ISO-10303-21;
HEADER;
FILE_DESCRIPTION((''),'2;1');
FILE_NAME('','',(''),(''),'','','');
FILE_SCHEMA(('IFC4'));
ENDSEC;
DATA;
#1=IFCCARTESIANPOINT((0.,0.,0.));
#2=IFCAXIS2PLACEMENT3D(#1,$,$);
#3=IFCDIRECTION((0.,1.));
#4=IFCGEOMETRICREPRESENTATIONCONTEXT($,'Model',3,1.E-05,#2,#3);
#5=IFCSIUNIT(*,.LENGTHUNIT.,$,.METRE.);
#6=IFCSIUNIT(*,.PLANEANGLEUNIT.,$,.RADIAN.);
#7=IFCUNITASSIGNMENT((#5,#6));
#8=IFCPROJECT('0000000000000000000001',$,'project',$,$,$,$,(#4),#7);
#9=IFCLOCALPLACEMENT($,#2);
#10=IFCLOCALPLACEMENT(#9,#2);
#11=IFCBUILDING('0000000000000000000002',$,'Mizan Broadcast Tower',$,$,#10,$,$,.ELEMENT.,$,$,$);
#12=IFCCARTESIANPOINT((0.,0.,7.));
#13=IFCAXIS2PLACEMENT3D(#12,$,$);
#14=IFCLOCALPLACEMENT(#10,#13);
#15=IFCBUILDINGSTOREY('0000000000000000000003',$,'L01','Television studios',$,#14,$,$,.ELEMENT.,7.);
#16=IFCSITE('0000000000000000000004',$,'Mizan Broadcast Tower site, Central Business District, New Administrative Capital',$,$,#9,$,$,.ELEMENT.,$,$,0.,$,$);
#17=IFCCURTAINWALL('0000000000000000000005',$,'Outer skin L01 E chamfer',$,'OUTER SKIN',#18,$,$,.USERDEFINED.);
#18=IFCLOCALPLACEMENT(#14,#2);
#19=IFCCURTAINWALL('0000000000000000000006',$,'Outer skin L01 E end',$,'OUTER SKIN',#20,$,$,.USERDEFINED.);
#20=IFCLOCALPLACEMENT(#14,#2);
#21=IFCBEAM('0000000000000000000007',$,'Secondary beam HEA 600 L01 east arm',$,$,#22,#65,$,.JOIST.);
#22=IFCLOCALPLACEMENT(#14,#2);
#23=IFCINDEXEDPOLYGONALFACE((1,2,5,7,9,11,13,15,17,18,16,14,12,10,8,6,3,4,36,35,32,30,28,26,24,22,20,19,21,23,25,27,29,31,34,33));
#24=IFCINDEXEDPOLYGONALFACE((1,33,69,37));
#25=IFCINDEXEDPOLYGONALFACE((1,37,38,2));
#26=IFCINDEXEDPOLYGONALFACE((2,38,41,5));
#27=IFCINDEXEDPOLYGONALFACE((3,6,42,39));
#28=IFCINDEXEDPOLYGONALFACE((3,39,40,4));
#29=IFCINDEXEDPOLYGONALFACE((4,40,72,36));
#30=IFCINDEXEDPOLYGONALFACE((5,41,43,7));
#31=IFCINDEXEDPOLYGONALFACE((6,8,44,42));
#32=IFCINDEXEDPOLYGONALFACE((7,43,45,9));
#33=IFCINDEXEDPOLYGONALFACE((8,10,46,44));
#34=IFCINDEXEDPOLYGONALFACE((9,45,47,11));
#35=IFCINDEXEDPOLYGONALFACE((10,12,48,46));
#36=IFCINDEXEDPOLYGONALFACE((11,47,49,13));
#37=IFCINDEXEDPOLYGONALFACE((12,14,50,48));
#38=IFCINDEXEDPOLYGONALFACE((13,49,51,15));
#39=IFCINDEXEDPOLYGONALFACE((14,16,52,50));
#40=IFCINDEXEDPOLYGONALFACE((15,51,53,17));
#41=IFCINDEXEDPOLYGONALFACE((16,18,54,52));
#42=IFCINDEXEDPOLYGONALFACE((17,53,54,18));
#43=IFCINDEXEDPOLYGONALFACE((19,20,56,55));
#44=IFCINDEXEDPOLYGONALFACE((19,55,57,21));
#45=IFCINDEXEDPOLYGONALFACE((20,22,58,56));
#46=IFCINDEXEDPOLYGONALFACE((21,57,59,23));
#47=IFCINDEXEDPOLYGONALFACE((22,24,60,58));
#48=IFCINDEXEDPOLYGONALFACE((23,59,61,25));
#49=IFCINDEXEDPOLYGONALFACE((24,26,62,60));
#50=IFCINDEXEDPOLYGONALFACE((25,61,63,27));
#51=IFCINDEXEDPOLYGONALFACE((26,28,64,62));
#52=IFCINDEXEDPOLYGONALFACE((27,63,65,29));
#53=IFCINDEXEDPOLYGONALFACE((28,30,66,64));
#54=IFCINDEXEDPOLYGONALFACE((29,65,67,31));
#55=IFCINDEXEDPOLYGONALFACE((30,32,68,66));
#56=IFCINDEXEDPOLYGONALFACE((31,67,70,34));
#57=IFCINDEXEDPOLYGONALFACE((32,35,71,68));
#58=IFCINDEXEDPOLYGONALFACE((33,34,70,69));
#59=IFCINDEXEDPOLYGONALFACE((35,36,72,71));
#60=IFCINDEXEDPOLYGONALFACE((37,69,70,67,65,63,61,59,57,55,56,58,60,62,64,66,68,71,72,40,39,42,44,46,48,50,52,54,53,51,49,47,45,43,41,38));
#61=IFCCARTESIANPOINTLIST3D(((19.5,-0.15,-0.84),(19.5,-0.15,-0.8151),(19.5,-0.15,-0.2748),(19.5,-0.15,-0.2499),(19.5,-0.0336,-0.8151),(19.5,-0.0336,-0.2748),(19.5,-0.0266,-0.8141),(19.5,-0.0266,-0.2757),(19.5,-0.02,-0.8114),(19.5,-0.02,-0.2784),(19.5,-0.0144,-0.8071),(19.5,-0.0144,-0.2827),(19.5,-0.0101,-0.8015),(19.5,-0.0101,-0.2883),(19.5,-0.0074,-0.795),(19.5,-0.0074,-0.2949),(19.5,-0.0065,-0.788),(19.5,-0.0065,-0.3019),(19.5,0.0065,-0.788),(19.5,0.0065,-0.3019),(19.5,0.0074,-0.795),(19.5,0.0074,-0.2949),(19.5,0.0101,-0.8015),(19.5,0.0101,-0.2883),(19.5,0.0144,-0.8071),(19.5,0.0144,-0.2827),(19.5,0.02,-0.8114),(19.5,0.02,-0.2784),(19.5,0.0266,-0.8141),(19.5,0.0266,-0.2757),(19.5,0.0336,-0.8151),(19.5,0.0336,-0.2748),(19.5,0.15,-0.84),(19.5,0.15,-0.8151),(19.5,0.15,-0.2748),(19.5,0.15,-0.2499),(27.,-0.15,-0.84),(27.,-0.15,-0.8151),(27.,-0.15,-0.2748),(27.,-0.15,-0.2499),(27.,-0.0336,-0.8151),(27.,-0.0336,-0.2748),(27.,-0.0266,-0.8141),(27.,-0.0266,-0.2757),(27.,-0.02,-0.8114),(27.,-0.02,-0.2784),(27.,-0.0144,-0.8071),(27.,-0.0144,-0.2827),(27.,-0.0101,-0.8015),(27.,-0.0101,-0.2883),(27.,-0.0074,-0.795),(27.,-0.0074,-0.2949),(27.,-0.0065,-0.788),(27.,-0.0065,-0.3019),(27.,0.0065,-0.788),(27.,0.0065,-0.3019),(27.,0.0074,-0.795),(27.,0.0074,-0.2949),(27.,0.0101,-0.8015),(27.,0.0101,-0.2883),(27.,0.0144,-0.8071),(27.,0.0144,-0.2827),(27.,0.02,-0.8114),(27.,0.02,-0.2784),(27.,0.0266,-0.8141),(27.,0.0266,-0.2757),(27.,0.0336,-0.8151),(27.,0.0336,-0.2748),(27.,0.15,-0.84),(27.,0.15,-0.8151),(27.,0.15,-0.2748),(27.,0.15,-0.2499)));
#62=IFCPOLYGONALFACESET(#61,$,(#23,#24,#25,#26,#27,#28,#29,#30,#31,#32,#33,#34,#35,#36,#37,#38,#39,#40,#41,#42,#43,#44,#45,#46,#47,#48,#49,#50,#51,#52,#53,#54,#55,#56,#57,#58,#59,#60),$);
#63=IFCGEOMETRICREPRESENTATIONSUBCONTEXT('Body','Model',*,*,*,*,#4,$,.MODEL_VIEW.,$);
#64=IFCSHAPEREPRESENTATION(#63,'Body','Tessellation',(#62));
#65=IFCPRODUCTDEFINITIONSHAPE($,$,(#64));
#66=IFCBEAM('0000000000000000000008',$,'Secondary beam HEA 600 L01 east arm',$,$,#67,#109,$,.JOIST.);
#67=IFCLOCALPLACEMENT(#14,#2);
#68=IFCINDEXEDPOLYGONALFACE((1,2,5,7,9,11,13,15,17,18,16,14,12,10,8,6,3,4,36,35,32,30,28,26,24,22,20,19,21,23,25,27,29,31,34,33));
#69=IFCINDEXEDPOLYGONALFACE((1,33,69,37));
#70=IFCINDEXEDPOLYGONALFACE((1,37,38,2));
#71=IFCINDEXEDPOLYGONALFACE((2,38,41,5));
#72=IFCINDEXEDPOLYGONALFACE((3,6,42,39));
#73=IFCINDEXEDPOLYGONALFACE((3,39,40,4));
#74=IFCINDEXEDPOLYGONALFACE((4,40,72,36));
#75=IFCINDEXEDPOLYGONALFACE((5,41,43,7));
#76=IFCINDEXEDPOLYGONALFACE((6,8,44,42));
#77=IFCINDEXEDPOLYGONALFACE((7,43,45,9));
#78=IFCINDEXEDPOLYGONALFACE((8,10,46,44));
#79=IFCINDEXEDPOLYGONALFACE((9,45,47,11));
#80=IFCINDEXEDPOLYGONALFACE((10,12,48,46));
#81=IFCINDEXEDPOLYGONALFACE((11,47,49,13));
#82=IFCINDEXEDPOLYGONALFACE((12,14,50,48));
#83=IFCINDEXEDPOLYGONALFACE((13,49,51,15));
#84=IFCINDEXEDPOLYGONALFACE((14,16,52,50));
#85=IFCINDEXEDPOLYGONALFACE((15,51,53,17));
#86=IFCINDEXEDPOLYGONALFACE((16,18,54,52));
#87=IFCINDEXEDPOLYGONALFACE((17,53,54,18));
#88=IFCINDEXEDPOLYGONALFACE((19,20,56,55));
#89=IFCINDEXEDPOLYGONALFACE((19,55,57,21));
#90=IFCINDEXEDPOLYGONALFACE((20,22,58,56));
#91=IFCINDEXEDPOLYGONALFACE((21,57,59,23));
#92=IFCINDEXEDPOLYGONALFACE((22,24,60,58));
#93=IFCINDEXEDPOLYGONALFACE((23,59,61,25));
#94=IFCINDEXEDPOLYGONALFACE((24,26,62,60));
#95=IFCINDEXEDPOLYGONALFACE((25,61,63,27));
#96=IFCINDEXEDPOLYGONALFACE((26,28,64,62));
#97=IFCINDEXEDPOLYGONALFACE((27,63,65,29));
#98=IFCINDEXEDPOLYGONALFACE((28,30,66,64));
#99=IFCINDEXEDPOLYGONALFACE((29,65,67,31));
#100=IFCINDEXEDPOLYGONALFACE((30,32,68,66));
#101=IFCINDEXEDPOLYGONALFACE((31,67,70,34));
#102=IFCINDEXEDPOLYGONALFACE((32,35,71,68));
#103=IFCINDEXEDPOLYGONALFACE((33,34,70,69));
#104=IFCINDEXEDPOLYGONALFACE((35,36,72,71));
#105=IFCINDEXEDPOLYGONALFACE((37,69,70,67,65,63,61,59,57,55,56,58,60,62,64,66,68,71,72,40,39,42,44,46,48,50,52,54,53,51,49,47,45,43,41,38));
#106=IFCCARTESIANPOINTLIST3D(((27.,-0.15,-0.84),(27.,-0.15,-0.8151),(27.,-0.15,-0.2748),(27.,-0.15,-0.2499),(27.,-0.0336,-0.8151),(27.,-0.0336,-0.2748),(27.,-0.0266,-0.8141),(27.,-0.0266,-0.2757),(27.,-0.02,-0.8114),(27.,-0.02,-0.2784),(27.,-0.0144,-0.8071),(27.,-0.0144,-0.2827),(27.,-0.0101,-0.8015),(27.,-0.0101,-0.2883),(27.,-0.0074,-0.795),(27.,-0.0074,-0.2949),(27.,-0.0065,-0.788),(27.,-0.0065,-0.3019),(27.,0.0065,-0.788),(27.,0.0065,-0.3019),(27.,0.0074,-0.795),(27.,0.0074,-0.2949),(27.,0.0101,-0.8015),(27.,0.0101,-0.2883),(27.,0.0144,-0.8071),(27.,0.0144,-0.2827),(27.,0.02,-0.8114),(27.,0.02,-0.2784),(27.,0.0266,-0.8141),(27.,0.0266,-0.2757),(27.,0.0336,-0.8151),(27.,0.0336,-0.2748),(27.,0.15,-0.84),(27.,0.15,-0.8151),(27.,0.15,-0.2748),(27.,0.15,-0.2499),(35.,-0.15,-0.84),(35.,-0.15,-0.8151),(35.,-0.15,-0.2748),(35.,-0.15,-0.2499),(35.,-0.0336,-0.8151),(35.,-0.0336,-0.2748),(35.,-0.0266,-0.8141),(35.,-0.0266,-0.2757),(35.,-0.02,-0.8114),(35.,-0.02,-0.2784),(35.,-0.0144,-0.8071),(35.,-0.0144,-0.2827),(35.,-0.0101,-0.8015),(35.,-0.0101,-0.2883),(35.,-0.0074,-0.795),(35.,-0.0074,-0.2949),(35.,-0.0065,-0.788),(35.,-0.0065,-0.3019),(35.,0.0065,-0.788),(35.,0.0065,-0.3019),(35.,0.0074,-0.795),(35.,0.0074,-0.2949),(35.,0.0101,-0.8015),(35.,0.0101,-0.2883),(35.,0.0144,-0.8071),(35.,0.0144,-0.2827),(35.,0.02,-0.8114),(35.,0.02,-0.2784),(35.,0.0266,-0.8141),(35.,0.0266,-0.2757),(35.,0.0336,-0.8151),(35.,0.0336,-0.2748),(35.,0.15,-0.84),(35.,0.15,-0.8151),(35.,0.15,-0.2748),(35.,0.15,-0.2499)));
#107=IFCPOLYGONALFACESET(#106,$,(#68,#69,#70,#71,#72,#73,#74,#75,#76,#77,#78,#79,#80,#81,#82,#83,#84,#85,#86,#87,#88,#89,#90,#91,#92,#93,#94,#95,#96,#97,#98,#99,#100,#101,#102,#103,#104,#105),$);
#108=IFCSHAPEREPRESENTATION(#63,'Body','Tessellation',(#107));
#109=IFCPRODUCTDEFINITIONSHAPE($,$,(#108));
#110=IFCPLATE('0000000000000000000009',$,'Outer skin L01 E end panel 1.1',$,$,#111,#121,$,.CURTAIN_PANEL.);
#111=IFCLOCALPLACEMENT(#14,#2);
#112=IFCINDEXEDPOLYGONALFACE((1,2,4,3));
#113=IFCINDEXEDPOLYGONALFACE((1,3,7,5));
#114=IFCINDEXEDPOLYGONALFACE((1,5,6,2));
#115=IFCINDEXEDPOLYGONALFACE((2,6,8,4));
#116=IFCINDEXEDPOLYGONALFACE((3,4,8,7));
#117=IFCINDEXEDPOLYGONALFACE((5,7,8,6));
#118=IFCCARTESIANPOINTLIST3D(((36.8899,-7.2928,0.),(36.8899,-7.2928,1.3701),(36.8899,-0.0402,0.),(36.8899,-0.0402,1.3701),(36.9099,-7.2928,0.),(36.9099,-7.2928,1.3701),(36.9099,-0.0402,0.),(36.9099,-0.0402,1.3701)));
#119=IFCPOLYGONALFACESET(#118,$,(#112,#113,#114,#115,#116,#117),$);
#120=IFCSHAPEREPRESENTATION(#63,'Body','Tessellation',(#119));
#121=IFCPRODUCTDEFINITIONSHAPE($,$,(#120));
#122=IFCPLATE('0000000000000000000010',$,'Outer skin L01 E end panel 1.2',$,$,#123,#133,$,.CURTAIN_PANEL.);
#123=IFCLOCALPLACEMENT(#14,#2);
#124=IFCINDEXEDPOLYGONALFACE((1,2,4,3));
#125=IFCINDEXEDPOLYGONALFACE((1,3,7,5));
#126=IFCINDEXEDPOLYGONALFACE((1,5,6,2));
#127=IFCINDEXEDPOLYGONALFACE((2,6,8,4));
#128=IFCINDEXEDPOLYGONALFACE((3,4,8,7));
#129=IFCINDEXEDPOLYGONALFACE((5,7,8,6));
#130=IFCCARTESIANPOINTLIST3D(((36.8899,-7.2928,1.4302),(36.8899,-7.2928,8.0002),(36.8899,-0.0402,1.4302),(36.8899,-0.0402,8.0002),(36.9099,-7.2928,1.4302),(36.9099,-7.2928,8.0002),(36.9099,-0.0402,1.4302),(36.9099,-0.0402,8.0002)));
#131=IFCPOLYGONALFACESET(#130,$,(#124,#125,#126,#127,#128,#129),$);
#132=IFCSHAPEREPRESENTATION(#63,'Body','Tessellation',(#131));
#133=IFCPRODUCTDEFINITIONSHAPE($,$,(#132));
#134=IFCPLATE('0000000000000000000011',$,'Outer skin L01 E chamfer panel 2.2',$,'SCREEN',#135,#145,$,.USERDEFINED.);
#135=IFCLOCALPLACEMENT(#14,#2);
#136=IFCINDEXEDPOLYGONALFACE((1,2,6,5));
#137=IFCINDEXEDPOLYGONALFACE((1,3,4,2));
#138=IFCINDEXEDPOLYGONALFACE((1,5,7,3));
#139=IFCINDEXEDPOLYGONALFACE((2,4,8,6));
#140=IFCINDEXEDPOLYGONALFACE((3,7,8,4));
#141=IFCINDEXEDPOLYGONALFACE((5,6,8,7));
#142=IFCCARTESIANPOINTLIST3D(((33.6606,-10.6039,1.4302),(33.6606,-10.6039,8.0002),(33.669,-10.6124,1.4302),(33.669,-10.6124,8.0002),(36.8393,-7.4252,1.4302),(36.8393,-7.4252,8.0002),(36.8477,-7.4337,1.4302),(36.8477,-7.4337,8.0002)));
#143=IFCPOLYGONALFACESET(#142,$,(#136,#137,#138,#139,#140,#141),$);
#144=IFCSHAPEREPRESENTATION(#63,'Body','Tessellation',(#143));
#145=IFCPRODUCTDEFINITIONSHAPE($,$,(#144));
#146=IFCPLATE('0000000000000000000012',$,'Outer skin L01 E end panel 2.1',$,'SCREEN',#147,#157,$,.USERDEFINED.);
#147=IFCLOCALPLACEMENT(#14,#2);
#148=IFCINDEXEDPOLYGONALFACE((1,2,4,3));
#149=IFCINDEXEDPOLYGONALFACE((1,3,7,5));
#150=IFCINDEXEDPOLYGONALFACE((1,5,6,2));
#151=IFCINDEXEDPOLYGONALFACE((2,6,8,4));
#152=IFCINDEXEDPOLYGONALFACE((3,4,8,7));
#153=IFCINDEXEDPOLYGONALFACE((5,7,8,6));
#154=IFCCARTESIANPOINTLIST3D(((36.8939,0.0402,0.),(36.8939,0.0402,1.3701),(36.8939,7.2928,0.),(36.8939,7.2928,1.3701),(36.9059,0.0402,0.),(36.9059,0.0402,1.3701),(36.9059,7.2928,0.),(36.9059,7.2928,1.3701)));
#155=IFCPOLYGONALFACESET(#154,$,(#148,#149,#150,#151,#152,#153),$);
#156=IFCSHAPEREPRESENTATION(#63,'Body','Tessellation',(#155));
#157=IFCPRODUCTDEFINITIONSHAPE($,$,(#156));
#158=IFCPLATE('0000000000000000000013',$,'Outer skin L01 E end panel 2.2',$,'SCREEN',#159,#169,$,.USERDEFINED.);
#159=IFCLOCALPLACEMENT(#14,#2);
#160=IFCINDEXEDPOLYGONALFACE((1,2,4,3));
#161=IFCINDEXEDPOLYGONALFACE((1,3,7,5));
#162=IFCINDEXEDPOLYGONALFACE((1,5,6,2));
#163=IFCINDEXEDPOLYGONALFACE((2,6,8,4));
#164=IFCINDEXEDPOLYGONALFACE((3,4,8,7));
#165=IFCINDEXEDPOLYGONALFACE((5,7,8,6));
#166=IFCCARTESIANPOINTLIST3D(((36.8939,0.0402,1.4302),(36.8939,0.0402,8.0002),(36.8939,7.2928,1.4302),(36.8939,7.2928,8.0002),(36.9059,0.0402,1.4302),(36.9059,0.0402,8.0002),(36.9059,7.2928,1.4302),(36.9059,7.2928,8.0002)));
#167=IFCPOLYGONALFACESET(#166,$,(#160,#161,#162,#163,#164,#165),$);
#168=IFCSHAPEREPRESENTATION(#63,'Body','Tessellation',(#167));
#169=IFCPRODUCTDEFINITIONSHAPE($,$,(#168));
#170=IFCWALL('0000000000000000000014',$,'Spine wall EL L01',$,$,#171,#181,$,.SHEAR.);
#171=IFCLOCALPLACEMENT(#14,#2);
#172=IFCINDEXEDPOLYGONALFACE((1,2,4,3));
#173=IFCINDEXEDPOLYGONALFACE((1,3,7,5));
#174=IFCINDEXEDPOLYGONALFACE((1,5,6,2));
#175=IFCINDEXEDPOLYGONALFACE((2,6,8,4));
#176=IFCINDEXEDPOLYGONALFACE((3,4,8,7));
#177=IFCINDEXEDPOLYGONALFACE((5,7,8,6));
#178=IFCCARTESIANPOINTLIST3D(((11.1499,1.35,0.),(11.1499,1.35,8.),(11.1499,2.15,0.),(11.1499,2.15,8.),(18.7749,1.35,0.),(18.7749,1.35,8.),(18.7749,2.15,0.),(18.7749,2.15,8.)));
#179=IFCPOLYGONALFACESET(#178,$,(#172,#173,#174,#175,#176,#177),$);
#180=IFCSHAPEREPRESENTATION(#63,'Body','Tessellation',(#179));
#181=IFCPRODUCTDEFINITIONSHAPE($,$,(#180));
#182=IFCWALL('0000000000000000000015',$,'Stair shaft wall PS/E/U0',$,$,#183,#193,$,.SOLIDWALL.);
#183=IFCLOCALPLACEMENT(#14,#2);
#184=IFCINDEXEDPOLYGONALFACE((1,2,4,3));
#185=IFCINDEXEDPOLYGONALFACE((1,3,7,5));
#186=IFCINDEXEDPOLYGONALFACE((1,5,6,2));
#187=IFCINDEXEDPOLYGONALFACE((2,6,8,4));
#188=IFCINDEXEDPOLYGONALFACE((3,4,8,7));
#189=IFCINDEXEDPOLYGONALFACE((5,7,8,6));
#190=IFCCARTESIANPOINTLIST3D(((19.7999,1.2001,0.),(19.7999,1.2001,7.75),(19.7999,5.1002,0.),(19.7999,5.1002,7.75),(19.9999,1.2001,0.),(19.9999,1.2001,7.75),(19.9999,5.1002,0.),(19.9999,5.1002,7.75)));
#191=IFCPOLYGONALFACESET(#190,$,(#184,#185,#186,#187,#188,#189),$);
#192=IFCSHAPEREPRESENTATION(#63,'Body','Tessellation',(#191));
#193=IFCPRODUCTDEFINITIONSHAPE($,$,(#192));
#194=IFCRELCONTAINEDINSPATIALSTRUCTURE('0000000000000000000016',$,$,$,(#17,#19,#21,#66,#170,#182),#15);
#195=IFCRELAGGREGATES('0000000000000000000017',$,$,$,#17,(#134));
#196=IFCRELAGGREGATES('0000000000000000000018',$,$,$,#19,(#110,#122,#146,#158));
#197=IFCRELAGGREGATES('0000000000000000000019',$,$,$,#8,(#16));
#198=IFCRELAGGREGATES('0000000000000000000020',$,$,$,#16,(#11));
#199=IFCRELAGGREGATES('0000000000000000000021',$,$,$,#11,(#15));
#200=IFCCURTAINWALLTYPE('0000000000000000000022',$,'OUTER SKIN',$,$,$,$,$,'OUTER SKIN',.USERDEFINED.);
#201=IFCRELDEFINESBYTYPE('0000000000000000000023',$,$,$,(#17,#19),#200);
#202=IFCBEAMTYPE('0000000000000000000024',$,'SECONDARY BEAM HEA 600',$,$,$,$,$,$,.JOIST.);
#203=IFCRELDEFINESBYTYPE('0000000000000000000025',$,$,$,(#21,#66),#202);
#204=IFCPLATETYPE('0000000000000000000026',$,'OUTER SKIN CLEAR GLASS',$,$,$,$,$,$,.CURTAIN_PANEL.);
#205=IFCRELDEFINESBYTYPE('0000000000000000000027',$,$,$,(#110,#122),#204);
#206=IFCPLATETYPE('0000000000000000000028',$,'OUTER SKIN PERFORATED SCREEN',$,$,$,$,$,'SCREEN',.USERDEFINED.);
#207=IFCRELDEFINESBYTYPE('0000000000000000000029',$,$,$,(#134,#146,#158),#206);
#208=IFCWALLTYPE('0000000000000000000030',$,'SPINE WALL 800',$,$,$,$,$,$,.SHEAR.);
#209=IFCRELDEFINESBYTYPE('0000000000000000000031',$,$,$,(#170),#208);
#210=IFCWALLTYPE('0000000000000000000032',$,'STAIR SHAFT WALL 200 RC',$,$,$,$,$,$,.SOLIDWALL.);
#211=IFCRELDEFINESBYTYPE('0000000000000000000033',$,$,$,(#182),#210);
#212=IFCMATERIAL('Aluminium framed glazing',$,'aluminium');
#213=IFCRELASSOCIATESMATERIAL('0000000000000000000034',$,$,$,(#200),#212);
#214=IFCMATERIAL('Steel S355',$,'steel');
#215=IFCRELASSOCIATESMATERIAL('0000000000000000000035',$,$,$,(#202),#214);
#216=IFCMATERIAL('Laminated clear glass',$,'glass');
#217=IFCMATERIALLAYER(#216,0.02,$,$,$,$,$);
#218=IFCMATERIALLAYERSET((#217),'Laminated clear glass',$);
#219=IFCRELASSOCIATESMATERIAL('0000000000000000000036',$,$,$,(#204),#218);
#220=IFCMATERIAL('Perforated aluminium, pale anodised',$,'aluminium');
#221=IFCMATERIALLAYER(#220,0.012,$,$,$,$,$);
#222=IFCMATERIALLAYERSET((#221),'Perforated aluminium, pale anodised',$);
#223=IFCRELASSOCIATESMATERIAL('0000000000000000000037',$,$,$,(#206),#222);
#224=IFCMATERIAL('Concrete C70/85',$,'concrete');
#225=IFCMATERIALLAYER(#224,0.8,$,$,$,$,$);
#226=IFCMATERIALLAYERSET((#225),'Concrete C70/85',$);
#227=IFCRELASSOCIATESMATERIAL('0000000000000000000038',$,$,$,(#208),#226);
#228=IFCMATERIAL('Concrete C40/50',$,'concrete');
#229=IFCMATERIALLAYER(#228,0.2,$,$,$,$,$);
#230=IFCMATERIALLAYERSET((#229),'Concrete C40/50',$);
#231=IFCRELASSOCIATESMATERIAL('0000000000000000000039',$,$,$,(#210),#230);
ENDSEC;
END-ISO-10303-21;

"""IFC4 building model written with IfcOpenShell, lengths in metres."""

from ifc_helpers import new_model, si_unit, direction, frame, frame_2d, origin, origin_2d, place, context, subcontext, project, spatial, rectangle, i_section, extrude, material, layer, layer_set, material_profile, profile_set, type_object, element, aggregate, save


model = new_model("IFC4")

# Units and contexts
model_context = context("Model", 3, precision=1e-05, world=origin(), true_north=direction((0.0, 1.0)))
body_context = subcontext(model_context, "Body", "Model", "MODEL_VIEW")
ifc_project = project(units=[si_unit("LENGTHUNIT", "METRE"), si_unit("PLANEANGLEUNIT", "RADIAN")], contexts=[model_context])

# Site, building, storey
site_placement = place(None, origin())
site = spatial("IfcSite", under=ifc_project, at=site_placement, Name="Mizan Broadcast Tower site, Central Business District, New Administrative Capital", CompositionType="ELEMENT", RefElevation=0.0)
building_placement = place(site_placement, origin())
building = spatial("IfcBuilding", under=site, at=building_placement, Name="Mizan Broadcast Tower", CompositionType="ELEMENT")
storey_placement = place(building_placement, frame((0.0, 0.0, 7.0)))
storey = spatial("IfcBuildingStorey", under=building, at=storey_placement, Name="L01", Description="Television studios", CompositionType="ELEMENT", Elevation=7.0)

# Curtain wall
ifc_material_1 = material(Name="Aluminium framed glazing", Category="aluminium")
curtain_wall_type = type_object("IfcCurtainWallType", Name="OUTER SKIN", ElementType="OUTER SKIN", PredefinedType="USERDEFINED", material=ifc_material_1)
curtain_wall_1_placement = place(storey_placement, origin())
curtain_wall_1 = element("IfcCurtainWall", 1, at=curtain_wall_1_placement, inside=storey, type_object=curtain_wall_type, Name="Outer skin L01 E chamfer", ObjectType="OUTER SKIN", PredefinedType="USERDEFINED")

# Curtain wall
curtain_wall_2_placement = place(storey_placement, origin())
curtain_wall_2 = element("IfcCurtainWall", 2, at=curtain_wall_2_placement, inside=storey, type_object=curtain_wall_type, Name="Outer skin L01 E end", ObjectType="OUTER SKIN", PredefinedType="USERDEFINED")

# Beams
ifc_material_2 = material(Name="Steel S355", Category="steel")
ifc_material_profile_1 = material_profile(ifc_material_2, i_section(OverallWidth=0.3, OverallDepth=0.5901, WebThickness=0.0129, FlangeThickness=0.0249, FilletRadius=0.0271, at=origin_2d()), Name="HEA 600")
ifc_profile_set_1 = profile_set([ifc_material_profile_1], Name="Steel S355")
beam_type_1 = type_object("IfcBeamType", Name="SECONDARY BEAM HEA 600", PredefinedType="JOIST", material=ifc_profile_set_1)
beam_1_placement = place(storey_placement, frame((19.5, 0.0, -0.5449), z_axis=(1.0, 0.0, 0.0), x_axis=(0.0, 1.0, 0.0)))
element("IfcBeam", 3, at=beam_1_placement, inside=storey, type_object=beam_type_1, Name="Secondary beam HEA 600 L01 east arm", PredefinedType="JOIST", context=body_context, shape_type="SweptSolid", body=[
    extrude(i_section(OverallWidth=0.3, OverallDepth=0.5901, WebThickness=0.0129, FlangeThickness=0.0249, FilletRadius=0.0271, at=origin_2d()), origin(), (0.0, 0.0, 1.0), 7.5),
])
beam_2_placement = place(storey_placement, frame((27.0, 0.0, -0.5449), z_axis=(1.0, 0.0, 0.0), x_axis=(0.0, 1.0, 0.0)))
element("IfcBeam", 4, at=beam_2_placement, inside=storey, type_object=beam_type_1, Name="Secondary beam HEA 600 L01 east arm", PredefinedType="JOIST", context=body_context, shape_type="SweptSolid", body=[
    extrude(i_section(OverallWidth=0.3, OverallDepth=0.5901, WebThickness=0.0129, FlangeThickness=0.0249, FilletRadius=0.0271, at=origin_2d()), origin(), (0.0, 0.0, 1.0), 8.0),
])

# Plates
ifc_material_3 = material(Name="Laminated clear glass", Category="glass")
ifc_layer_1 = layer(ifc_material_3, 0.02)
ifc_layer_set_1 = layer_set([ifc_layer_1], Name="Laminated clear glass")
plate_type_1 = type_object("IfcPlateType", Name="OUTER SKIN CLEAR GLASS", PredefinedType="CURTAIN_PANEL", material=ifc_layer_set_1)
plate_1_placement = place(storey_placement, frame((36.8999, -3.6665, 0.0), z_axis=(0.0, 0.0, 1.0), x_axis=(0.0, 1.0, 0.0)))
plate_1 = element("IfcPlate", 5, at=plate_1_placement, type_object=plate_type_1, Name="Outer skin L01 E end panel 1.1", PredefinedType="CURTAIN_PANEL", context=body_context, shape_type="SweptSolid", body=[
    extrude(rectangle(XDim=7.2527, YDim=0.02, at=origin_2d()), origin(), (0.0, 0.0, 1.0), 1.3701),
])
plate_2_placement = place(storey_placement, frame((36.8999, -3.6665, 1.4302), z_axis=(0.0, 0.0, 1.0), x_axis=(0.0, 1.0, 0.0)))
plate_2 = element("IfcPlate", 6, at=plate_2_placement, type_object=plate_type_1, Name="Outer skin L01 E end panel 1.2", PredefinedType="CURTAIN_PANEL", context=body_context, shape_type="SweptSolid", body=[
    extrude(rectangle(XDim=7.2527, YDim=0.02, at=origin_2d()), origin(), (0.0, 0.0, 1.0), 6.5701),
])
ifc_material_4 = material(Name="Perforated aluminium, pale anodised", Category="aluminium")
ifc_layer_2 = layer(ifc_material_4, 0.012)
ifc_layer_set_2 = layer_set([ifc_layer_2], Name="Perforated aluminium, pale anodised")
plate_type_2 = type_object("IfcPlateType", Name="OUTER SKIN PERFORATED SCREEN", ElementType="SCREEN", PredefinedType="USERDEFINED", material=ifc_layer_set_2)
plate_3_placement = place(storey_placement, frame((35.2542, -9.0188, 1.4302), z_axis=(0.0, 0.0, 1.0), x_axis=(0.707107, 0.707107, 0.0)))
plate_3 = element("IfcPlate", 7, at=plate_3_placement, type_object=plate_type_2, Name="Outer skin L01 E chamfer panel 2.2", ObjectType="SCREEN", PredefinedType="USERDEFINED", context=body_context, shape_type="SweptSolid", body=[
    extrude(rectangle(XDim=4.4954, YDim=0.012, at=origin_2d()), origin(), (0.0, 0.0, 1.0), 6.5701),
])
aggregate(curtain_wall_1, [plate_3])
plate_4_placement = place(storey_placement, frame((36.8999, 3.6665, 0.0), z_axis=(0.0, 0.0, 1.0), x_axis=(0.0, 1.0, 0.0)))
plate_4 = element("IfcPlate", 8, at=plate_4_placement, type_object=plate_type_2, Name="Outer skin L01 E end panel 2.1", ObjectType="SCREEN", PredefinedType="USERDEFINED", context=body_context, shape_type="SweptSolid", body=[
    extrude(rectangle(XDim=7.2527, YDim=0.012, at=origin_2d()), origin(), (0.0, 0.0, 1.0), 1.3701),
])
plate_5_placement = place(storey_placement, frame((36.8999, 3.6665, 1.4302), z_axis=(0.0, 0.0, 1.0), x_axis=(0.0, 1.0, 0.0)))
plate_5 = element("IfcPlate", 9, at=plate_5_placement, type_object=plate_type_2, Name="Outer skin L01 E end panel 2.2", ObjectType="SCREEN", PredefinedType="USERDEFINED", context=body_context, shape_type="SweptSolid", body=[
    extrude(rectangle(XDim=7.2527, YDim=0.012, at=origin_2d()), origin(), (0.0, 0.0, 1.0), 6.5701),
])
aggregate(curtain_wall_2, [plate_1, plate_2, plate_4, plate_5])

# Walls
ifc_material_5 = material(Name="Concrete C70/85", Category="concrete")
ifc_layer_3 = layer(ifc_material_5, 0.8)
ifc_layer_set_3 = layer_set([ifc_layer_3], Name="Concrete C70/85")
wall_type_1 = type_object("IfcWallType", Name="SPINE WALL 800", PredefinedType="SHEAR", material=ifc_layer_set_3)
wall_1_placement = place(storey_placement, frame((11.1499, 1.75, 0.0), z_axis=(0.0, 0.0, 1.0), x_axis=(1.0, 0.0, 0.0)))
element("IfcWall", 10, at=wall_1_placement, inside=storey, type_object=wall_type_1, Name="Spine wall EL L01", PredefinedType="SHEAR", context=body_context, shape_type="SweptSolid", body=[
    extrude(rectangle(XDim=7.625, YDim=0.8, at=frame_2d((3.8125, 0.0))), origin(), (0.0, 0.0, 1.0), 8.0),
])
ifc_material_6 = material(Name="Concrete C40/50", Category="concrete")
ifc_layer_4 = layer(ifc_material_6, 0.2)
ifc_layer_set_4 = layer_set([ifc_layer_4], Name="Concrete C40/50")
wall_type_2 = type_object("IfcWallType", Name="STAIR SHAFT WALL 200 RC", PredefinedType="SOLIDWALL", material=ifc_layer_set_4)
wall_2_placement = place(storey_placement, frame((19.8999, 1.2, 0.0), z_axis=(0.0, 0.0, 1.0), x_axis=(0.0, 1.0, 0.0)))
element("IfcWall", 11, at=wall_2_placement, inside=storey, type_object=wall_type_2, Name="Stair shaft wall PS/E/U0", PredefinedType="SOLIDWALL", context=body_context, shape_type="SweptSolid", body=[
    extrude(rectangle(XDim=3.9001, YDim=0.2, at=frame_2d((1.9502, 0.0))), origin(), (0.0, 0.0, 1.0), 7.75),
])

save(model, "model.ifc")
